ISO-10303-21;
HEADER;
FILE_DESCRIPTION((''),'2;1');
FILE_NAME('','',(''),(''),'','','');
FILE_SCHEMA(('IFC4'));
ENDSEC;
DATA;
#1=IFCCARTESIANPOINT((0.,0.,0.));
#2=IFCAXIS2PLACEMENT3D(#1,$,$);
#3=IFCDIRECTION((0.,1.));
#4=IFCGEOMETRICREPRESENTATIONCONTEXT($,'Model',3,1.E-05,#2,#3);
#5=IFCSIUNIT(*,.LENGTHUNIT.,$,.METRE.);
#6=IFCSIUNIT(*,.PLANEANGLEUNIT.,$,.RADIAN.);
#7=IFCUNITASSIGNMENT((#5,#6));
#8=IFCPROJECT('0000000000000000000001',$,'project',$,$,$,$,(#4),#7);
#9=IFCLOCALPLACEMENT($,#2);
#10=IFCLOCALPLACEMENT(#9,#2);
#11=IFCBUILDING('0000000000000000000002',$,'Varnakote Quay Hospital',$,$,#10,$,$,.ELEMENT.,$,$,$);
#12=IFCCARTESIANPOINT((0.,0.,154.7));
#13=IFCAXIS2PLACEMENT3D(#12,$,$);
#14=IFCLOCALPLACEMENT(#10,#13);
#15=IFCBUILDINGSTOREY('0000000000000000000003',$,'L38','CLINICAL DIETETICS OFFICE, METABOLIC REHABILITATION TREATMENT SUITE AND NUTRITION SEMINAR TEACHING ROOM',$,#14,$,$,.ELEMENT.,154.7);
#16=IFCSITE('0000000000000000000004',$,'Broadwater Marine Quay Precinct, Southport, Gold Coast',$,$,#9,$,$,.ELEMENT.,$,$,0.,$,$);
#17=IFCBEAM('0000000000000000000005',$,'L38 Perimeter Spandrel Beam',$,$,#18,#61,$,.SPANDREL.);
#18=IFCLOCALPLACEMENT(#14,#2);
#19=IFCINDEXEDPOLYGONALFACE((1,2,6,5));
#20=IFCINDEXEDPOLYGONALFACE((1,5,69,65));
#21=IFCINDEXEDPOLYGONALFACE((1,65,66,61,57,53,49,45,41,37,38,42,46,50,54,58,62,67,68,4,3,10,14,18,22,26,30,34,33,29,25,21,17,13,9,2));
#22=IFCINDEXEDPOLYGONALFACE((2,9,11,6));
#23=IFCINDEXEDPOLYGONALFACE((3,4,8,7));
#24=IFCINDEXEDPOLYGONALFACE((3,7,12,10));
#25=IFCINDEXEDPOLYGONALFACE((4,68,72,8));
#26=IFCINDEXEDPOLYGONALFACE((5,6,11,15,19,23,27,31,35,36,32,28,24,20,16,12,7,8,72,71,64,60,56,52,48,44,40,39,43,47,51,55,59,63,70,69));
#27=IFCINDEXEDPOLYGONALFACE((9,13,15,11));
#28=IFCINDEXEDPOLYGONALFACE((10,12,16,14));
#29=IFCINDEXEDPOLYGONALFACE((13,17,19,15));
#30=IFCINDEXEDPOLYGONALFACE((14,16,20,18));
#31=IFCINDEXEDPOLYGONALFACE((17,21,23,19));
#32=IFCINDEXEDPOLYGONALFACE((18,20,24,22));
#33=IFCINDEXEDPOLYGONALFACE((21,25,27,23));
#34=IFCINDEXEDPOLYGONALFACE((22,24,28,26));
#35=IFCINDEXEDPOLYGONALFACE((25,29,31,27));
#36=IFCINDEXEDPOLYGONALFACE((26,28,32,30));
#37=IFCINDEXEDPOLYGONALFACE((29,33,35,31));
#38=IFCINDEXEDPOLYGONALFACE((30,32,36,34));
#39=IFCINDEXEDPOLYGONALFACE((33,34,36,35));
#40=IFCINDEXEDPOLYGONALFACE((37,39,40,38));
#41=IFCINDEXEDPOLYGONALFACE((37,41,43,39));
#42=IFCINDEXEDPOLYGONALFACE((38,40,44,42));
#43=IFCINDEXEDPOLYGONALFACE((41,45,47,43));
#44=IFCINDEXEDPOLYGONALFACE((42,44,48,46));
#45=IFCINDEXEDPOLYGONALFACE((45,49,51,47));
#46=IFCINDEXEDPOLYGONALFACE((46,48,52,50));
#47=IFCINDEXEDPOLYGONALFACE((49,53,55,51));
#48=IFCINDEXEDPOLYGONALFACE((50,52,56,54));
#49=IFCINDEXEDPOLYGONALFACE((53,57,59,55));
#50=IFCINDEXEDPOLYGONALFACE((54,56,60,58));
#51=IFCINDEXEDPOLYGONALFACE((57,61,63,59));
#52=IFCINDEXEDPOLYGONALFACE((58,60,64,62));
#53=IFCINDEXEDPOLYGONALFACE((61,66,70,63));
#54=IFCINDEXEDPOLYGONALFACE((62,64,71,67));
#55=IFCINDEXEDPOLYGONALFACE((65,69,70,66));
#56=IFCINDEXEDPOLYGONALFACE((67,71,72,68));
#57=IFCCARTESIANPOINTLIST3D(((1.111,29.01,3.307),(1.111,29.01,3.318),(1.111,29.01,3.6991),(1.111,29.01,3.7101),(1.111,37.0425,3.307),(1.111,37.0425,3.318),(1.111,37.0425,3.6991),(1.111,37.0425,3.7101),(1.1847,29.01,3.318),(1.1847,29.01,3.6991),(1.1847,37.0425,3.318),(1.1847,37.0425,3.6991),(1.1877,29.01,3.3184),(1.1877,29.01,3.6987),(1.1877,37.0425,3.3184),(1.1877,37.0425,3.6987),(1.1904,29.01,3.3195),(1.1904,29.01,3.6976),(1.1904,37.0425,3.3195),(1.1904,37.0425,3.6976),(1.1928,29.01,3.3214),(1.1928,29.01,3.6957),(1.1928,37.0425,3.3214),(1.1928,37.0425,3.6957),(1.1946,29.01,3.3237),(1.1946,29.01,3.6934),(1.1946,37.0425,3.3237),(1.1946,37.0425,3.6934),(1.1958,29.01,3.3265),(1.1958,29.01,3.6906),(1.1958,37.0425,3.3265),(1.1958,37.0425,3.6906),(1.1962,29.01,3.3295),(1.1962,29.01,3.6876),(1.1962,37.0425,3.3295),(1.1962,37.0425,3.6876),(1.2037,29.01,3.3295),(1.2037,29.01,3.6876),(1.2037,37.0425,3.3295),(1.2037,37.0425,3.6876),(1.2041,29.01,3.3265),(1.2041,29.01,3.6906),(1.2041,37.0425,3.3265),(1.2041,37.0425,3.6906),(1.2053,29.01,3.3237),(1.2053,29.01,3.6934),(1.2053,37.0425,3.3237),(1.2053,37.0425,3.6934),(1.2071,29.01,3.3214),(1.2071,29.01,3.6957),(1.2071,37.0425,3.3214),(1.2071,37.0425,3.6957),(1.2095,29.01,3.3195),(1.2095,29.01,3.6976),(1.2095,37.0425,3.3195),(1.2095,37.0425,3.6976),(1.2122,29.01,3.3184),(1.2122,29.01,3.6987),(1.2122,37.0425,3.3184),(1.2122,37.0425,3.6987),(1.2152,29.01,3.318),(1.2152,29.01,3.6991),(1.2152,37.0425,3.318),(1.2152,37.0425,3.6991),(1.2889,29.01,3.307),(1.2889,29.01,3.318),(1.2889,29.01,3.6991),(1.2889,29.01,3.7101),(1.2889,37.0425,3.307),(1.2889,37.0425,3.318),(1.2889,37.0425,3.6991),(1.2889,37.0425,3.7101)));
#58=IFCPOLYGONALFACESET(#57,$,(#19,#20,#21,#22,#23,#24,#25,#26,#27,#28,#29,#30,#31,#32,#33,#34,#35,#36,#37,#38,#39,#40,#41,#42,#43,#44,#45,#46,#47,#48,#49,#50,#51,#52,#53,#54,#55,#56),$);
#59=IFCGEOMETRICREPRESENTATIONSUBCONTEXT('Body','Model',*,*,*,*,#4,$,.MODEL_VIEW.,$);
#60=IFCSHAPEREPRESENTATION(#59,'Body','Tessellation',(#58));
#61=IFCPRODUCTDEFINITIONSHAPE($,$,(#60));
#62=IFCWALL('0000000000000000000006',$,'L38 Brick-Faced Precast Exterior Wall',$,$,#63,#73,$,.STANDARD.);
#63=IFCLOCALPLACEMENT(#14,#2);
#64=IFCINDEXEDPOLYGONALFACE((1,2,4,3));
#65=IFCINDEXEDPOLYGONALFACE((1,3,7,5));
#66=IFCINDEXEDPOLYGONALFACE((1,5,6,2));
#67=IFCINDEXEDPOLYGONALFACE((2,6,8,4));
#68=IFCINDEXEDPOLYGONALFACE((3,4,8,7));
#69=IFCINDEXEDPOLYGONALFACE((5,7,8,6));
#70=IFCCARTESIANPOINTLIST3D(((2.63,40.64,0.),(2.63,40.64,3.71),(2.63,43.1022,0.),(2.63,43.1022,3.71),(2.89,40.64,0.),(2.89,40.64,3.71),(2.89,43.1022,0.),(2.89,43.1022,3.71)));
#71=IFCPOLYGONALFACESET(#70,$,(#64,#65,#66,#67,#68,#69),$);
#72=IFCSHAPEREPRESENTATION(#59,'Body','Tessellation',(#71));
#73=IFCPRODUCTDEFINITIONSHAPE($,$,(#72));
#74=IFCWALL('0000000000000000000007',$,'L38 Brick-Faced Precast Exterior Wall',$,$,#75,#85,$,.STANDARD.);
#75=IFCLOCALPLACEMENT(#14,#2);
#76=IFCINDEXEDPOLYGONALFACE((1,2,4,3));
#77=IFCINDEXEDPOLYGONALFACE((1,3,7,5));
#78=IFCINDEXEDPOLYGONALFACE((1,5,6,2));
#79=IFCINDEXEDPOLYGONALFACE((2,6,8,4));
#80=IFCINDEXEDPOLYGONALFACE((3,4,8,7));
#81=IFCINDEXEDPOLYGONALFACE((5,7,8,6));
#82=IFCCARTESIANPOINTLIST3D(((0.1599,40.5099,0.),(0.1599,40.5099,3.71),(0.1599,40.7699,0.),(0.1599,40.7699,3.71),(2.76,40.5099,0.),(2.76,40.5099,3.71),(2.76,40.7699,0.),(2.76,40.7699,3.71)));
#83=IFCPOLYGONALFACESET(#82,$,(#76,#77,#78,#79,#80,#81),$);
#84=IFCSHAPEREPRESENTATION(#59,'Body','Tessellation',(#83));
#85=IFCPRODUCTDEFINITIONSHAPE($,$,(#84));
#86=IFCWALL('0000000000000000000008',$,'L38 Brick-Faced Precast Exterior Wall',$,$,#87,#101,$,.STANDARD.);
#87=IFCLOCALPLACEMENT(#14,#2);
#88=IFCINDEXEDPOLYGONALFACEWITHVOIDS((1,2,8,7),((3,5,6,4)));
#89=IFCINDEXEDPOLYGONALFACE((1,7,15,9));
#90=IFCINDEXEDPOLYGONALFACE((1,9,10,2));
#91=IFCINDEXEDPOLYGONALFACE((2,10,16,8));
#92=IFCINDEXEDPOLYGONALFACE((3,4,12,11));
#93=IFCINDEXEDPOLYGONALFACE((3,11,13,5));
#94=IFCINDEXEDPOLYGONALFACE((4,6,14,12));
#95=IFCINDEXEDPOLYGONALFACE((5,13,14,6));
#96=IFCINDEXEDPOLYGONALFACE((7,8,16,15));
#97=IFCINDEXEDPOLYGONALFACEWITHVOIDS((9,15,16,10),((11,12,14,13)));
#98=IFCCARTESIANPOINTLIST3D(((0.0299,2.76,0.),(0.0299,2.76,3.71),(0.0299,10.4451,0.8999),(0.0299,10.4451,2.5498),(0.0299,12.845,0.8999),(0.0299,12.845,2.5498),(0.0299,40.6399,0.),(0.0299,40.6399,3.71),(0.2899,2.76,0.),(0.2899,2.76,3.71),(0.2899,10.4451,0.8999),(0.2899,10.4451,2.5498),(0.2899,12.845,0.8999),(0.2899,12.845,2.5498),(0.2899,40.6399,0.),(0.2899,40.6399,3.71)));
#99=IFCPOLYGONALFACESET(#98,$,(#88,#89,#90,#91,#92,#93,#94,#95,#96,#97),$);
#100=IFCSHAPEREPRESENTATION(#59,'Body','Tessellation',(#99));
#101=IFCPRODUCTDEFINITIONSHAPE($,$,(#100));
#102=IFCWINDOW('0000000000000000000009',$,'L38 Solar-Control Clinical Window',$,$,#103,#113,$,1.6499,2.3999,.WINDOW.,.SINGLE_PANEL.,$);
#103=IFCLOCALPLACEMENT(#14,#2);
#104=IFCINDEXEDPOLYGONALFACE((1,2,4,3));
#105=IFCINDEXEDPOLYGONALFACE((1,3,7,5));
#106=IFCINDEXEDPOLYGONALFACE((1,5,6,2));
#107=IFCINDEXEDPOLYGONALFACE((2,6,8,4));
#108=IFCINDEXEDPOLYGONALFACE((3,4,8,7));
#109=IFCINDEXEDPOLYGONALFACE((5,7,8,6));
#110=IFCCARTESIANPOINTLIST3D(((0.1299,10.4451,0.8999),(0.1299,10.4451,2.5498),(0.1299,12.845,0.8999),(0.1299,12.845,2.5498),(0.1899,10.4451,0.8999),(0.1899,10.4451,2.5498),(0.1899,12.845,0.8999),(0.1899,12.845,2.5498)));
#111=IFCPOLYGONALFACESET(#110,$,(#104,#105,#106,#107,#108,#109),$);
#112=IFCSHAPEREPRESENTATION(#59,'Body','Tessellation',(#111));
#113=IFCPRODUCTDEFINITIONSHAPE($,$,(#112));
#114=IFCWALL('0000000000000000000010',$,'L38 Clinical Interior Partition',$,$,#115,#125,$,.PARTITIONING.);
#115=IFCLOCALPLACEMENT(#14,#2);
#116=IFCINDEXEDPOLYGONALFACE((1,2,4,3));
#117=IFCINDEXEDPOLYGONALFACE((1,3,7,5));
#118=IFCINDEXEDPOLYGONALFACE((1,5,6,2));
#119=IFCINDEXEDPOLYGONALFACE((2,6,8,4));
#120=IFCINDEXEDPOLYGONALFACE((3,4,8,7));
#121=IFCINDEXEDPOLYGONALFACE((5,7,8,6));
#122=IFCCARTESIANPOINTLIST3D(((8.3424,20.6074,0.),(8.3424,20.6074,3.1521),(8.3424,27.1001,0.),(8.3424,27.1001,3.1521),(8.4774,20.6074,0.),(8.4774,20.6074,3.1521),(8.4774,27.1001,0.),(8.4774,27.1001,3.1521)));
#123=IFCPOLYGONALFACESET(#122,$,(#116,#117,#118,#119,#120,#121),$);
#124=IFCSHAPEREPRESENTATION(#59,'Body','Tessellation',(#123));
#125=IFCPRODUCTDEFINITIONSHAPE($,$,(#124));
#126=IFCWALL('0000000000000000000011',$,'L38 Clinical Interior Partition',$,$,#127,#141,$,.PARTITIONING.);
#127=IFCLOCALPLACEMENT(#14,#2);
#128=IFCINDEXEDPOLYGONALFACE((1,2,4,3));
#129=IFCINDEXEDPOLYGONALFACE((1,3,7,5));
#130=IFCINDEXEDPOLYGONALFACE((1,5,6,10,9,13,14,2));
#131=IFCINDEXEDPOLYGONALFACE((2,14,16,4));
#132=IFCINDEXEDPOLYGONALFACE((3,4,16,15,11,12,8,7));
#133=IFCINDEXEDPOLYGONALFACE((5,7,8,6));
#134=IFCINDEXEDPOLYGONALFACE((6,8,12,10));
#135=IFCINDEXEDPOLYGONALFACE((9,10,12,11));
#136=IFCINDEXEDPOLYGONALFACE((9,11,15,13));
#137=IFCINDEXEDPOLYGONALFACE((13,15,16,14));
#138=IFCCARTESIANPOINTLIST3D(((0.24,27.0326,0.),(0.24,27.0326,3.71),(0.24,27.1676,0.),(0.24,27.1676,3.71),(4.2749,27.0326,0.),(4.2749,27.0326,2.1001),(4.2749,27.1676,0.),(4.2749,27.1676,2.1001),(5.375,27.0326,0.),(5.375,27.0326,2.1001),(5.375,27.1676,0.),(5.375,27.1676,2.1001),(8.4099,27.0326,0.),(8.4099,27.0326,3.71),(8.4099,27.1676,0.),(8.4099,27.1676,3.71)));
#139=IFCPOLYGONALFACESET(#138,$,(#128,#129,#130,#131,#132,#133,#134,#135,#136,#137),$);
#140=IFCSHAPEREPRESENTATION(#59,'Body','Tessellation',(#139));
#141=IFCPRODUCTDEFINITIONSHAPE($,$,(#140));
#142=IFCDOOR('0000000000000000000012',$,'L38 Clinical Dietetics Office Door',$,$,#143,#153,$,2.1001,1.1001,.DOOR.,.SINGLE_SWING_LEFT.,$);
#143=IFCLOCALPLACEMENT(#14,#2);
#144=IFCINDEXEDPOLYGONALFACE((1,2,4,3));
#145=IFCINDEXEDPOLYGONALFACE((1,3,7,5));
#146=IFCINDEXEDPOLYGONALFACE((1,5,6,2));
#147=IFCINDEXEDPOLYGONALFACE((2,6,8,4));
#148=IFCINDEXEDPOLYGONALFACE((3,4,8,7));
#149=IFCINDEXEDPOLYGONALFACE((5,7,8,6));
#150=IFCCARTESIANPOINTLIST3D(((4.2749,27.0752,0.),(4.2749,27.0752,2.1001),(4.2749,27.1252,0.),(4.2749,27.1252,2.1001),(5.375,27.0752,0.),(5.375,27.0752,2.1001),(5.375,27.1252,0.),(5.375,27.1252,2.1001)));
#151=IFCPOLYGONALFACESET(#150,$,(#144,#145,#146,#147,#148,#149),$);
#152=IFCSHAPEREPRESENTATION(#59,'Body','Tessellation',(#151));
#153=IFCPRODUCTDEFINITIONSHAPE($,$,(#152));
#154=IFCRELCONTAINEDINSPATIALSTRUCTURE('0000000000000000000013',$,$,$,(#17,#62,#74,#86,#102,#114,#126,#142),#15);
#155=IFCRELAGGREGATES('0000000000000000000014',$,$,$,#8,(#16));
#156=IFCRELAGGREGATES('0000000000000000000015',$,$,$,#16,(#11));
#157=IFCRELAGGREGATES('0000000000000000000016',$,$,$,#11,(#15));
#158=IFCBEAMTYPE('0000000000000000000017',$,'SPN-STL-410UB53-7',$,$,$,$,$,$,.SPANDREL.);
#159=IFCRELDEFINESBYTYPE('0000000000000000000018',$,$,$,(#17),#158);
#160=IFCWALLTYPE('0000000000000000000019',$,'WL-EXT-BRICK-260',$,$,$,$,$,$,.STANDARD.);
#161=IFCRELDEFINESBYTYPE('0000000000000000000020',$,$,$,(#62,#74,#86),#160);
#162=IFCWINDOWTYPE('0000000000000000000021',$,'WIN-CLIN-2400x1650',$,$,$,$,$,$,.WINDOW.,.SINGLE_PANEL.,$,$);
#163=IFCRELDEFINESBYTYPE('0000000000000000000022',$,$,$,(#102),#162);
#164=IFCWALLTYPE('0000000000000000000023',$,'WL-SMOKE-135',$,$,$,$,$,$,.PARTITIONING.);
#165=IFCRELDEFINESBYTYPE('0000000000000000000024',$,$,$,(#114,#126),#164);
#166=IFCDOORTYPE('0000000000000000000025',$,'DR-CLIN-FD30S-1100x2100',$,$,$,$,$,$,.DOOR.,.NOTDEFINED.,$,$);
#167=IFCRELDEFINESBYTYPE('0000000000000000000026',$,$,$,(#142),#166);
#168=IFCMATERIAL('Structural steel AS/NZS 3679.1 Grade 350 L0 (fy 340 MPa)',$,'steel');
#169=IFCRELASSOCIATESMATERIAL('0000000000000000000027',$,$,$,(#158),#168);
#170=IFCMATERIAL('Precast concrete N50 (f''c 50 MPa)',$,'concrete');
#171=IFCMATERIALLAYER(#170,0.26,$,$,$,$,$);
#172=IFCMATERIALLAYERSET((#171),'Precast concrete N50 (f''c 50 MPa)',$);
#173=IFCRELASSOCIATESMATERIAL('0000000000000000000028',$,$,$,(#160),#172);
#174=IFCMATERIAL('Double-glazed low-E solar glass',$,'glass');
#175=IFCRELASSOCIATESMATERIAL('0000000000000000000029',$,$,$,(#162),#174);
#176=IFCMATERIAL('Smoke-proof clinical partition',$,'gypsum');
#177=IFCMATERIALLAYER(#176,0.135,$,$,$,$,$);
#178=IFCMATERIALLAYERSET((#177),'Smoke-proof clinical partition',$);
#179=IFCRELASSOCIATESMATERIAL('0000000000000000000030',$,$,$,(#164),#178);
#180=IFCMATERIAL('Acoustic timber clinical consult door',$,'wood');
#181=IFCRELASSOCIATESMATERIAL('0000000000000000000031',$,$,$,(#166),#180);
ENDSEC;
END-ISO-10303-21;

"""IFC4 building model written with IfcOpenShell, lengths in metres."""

from ifc_helpers import new_model, si_unit, direction, frame, frame_2d, origin, origin_2d, place, context, subcontext, project, spatial, rectangle, i_section, extrude, material, layer, layer_set, material_profile, profile_set, type_object, element, fill, save


model = new_model("IFC4")

# Units and contexts
model_context = context("Model", 3, precision=1e-05, world=origin(), true_north=direction((0.0, 1.0)))
body_context = subcontext(model_context, "Body", "Model", "MODEL_VIEW")
ifc_project = project(units=[si_unit("LENGTHUNIT", "METRE"), si_unit("PLANEANGLEUNIT", "RADIAN")], contexts=[model_context])

# Site, building, storey
site_placement = place(None, origin())
site = spatial("IfcSite", under=ifc_project, at=site_placement, Name="Broadwater Marine Quay Precinct, Southport, Gold Coast", CompositionType="ELEMENT", RefElevation=0.0)
building_placement = place(site_placement, origin())
building = spatial("IfcBuilding", under=site, at=building_placement, Name="Varnakote Quay Hospital", CompositionType="ELEMENT")
storey_placement = place(building_placement, frame((0.0, 0.0, 154.7)))
storey = spatial("IfcBuildingStorey", under=building, at=storey_placement, Name="L38", Description="CLINICAL DIETETICS OFFICE, METABOLIC REHABILITATION TREATMENT SUITE AND NUTRITION SEMINAR TEACHING ROOM", CompositionType="ELEMENT", Elevation=154.7)

# Beam
ifc_material_1 = material(Name="Structural steel AS/NZS 3679.1 Grade 350 L0 (fy 340 MPa)", Category="steel")
ifc_material_profile_1 = material_profile(ifc_material_1, i_section(OverallWidth=0.178, OverallDepth=0.4031, WebThickness=0.0076, FlangeThickness=0.011, FilletRadius=0.0115, at=origin_2d()), Name="410UB53.7")
ifc_profile_set_1 = profile_set([ifc_material_profile_1], Name="Structural steel AS/NZS 3679.1 Grade 350 L0 (fy 340 MPa)")
beam_type_1 = type_object("IfcBeamType", Name="SPN-STL-410UB53-7", PredefinedType="SPANDREL", material=ifc_profile_set_1)
beam_1_placement = place(storey_placement, frame((1.2, 29.01, 3.5085), z_axis=(0.0, 1.0, 0.0), x_axis=(-1.0, 0.0, 0.0)))
element("IfcBeam", 1, at=beam_1_placement, inside=storey, type_object=beam_type_1, Name="L38 Perimeter Spandrel Beam", PredefinedType="SPANDREL", context=body_context, shape_type="SweptSolid", body=[
    extrude(i_section(OverallWidth=0.178, OverallDepth=0.4031, WebThickness=0.0076, FlangeThickness=0.011, FilletRadius=0.0115, at=origin_2d()), origin(), (0.0, 0.0, 1.0), 8.0325),
])

# Walls
ifc_material_2 = material(Name="Precast concrete N50 (f'c 50 MPa)", Category="concrete")
ifc_layer_1 = layer(ifc_material_2, 0.26)
ifc_layer_set_1 = layer_set([ifc_layer_1], Name="Precast concrete N50 (f'c 50 MPa)")
wall_type_1 = type_object("IfcWallType", Name="WL-EXT-BRICK-260", PredefinedType="STANDARD", material=ifc_layer_set_1)
wall_1_placement = place(storey_placement, frame((2.76, 43.1021, 0.0), z_axis=(0.0, 0.0, 1.0), x_axis=(0.0, -1.0, 0.0)))
element("IfcWall", 2, at=wall_1_placement, inside=storey, type_object=wall_type_1, Name="L38 Brick-Faced Precast Exterior Wall", PredefinedType="STANDARD", context=body_context, shape_type="SweptSolid", body=[
    extrude(rectangle(XDim=2.4622, YDim=0.26, at=frame_2d((1.231, 0.0))), origin(), (0.0, 0.0, 1.0), 3.71),
])
wall_2_placement = place(storey_placement, frame((2.76, 40.6399, 0.0), z_axis=(0.0, 0.0, 1.0), x_axis=(-1.0, 0.0, 0.0)))
element("IfcWall", 3, at=wall_2_placement, inside=storey, type_object=wall_type_1, Name="L38 Brick-Faced Precast Exterior Wall", PredefinedType="STANDARD", context=body_context, shape_type="SweptSolid", body=[
    extrude(rectangle(XDim=2.6001, YDim=0.26, at=frame_2d((1.3, 0.0))), origin(), (0.0, 0.0, 1.0), 3.71),
])

# Wall, opening, window
wall_3_placement = place(storey_placement, frame((0.1599, 40.6399, 0.0), z_axis=(0.0, 0.0, 1.0), x_axis=(0.0, -1.0, 0.0)))
wall_3 = element("IfcWall", 4, at=wall_3_placement, inside=storey, type_object=wall_type_1, Name="L38 Brick-Faced Precast Exterior Wall", PredefinedType="STANDARD", context=body_context, shape_type="SweptSolid", body=[
    extrude(rectangle(XDim=37.8799, YDim=0.26, at=frame_2d((18.9399, 0.0))), origin(), (0.0, 0.0, 1.0), 3.71),
])
opening_1_placement = place(wall_3_placement, frame((27.7949, 0.0, 0.8999)))
opening_1 = element("IfcOpeningElement", 5, at=opening_1_placement, cuts=wall_3, PredefinedType="OPENING", context=body_context, shape_type="SweptSolid", body=[
    extrude(rectangle(XDim=2.3999, YDim=1.6499, at=frame_2d((1.2, 0.825))), frame((0.0, 0.1399, 0.0), z_axis=(0.0, -1.0, 0.0), x_axis=(1.0, 0.0, 0.0)), (0.0, 0.0, 1.0), 0.28),
])
ifc_material_3 = material(Name="Double-glazed low-E solar glass", Category="glass")
window_type = type_object("IfcWindowType", Name="WIN-CLIN-2400x1650", PartitioningType="SINGLE_PANEL", PredefinedType="WINDOW", material=ifc_material_3)
window_placement = place(opening_1_placement, origin())
window = element("IfcWindow", 6, at=window_placement, inside=storey, type_object=window_type, Name="L38 Solar-Control Clinical Window", OverallHeight=1.6499, OverallWidth=2.3999, PartitioningType="SINGLE_PANEL", PredefinedType="WINDOW", context=body_context, shape_type="SweptSolid", body=[
    extrude(rectangle(XDim=2.3999, YDim=1.6499, at=frame_2d((1.2, 0.825))), frame((0.0, 0.03, 0.0), z_axis=(0.0, -1.0, 0.0), x_axis=(1.0, 0.0, 0.0)), (0.0, 0.0, 1.0), 0.0601),
])
fill(opening_1, window)

# Wall
ifc_material_4 = material(Name="Smoke-proof clinical partition", Category="gypsum")
ifc_layer_2 = layer(ifc_material_4, 0.135)
ifc_layer_set_2 = layer_set([ifc_layer_2], Name="Smoke-proof clinical partition")
wall_type_2 = type_object("IfcWallType", Name="WL-SMOKE-135", PredefinedType="PARTITIONING", material=ifc_layer_set_2)
wall_4_placement = place(storey_placement, frame((8.4099, 20.6074, 0.0), z_axis=(0.0, 0.0, 1.0), x_axis=(0.0, 1.0, 0.0)))
element("IfcWall", 7, at=wall_4_placement, inside=storey, type_object=wall_type_2, Name="L38 Clinical Interior Partition", PredefinedType="PARTITIONING", context=body_context, shape_type="SweptSolid", body=[
    extrude(rectangle(XDim=6.4927, YDim=0.135, at=frame_2d((3.2463, 0.0))), origin(), (0.0, 0.0, 1.0), 3.1521),
])

# Wall, opening, door
wall_5_placement = place(storey_placement, frame((8.4099, 27.1001, 0.0), z_axis=(0.0, 0.0, 1.0), x_axis=(-1.0, 0.0, 0.0)))
wall_5 = element("IfcWall", 8, at=wall_5_placement, inside=storey, type_object=wall_type_2, Name="L38 Clinical Interior Partition", PredefinedType="PARTITIONING", context=body_context, shape_type="SweptSolid", body=[
    extrude(rectangle(XDim=8.1699, YDim=0.135, at=frame_2d((4.085, 0.0))), origin(), (0.0, 0.0, 1.0), 3.71),
])
opening_2_placement = place(wall_5_placement, frame((3.0349, 0.0, 0.0)))
opening_2 = element("IfcOpeningElement", 9, at=opening_2_placement, cuts=wall_5, PredefinedType="OPENING", context=body_context, shape_type="SweptSolid", body=[
    extrude(rectangle(XDim=1.1001, YDim=2.1001, at=frame_2d((0.55, 1.05))), frame((0.0, 0.0774, 0.0), z_axis=(0.0, -1.0, 0.0), x_axis=(1.0, 0.0, 0.0)), (0.0, 0.0, 1.0), 0.155),
])
ifc_material_5 = material(Name="Acoustic timber clinical consult door", Category="wood")
door_type = type_object("IfcDoorType", Name="DR-CLIN-FD30S-1100x2100", OperationType="NOTDEFINED", PredefinedType="DOOR", material=ifc_material_5)
door_placement = place(opening_2_placement, origin())
door = element("IfcDoor", 10, at=door_placement, inside=storey, type_object=door_type, Name="L38 Clinical Dietetics Office Door", OperationType="SINGLE_SWING_LEFT", OverallHeight=2.1001, OverallWidth=1.1001, PredefinedType="DOOR", context=body_context, shape_type="SweptSolid", body=[
    extrude(rectangle(XDim=1.1001, YDim=2.1001, at=frame_2d((0.55, 1.05))), frame((0.0, 0.0249, 0.0), z_axis=(0.0, -1.0, 0.0), x_axis=(1.0, 0.0, 0.0)), (0.0, 0.0, 1.0), 0.05),
])
fill(opening_2, door)

save(model, "model.ifc")
